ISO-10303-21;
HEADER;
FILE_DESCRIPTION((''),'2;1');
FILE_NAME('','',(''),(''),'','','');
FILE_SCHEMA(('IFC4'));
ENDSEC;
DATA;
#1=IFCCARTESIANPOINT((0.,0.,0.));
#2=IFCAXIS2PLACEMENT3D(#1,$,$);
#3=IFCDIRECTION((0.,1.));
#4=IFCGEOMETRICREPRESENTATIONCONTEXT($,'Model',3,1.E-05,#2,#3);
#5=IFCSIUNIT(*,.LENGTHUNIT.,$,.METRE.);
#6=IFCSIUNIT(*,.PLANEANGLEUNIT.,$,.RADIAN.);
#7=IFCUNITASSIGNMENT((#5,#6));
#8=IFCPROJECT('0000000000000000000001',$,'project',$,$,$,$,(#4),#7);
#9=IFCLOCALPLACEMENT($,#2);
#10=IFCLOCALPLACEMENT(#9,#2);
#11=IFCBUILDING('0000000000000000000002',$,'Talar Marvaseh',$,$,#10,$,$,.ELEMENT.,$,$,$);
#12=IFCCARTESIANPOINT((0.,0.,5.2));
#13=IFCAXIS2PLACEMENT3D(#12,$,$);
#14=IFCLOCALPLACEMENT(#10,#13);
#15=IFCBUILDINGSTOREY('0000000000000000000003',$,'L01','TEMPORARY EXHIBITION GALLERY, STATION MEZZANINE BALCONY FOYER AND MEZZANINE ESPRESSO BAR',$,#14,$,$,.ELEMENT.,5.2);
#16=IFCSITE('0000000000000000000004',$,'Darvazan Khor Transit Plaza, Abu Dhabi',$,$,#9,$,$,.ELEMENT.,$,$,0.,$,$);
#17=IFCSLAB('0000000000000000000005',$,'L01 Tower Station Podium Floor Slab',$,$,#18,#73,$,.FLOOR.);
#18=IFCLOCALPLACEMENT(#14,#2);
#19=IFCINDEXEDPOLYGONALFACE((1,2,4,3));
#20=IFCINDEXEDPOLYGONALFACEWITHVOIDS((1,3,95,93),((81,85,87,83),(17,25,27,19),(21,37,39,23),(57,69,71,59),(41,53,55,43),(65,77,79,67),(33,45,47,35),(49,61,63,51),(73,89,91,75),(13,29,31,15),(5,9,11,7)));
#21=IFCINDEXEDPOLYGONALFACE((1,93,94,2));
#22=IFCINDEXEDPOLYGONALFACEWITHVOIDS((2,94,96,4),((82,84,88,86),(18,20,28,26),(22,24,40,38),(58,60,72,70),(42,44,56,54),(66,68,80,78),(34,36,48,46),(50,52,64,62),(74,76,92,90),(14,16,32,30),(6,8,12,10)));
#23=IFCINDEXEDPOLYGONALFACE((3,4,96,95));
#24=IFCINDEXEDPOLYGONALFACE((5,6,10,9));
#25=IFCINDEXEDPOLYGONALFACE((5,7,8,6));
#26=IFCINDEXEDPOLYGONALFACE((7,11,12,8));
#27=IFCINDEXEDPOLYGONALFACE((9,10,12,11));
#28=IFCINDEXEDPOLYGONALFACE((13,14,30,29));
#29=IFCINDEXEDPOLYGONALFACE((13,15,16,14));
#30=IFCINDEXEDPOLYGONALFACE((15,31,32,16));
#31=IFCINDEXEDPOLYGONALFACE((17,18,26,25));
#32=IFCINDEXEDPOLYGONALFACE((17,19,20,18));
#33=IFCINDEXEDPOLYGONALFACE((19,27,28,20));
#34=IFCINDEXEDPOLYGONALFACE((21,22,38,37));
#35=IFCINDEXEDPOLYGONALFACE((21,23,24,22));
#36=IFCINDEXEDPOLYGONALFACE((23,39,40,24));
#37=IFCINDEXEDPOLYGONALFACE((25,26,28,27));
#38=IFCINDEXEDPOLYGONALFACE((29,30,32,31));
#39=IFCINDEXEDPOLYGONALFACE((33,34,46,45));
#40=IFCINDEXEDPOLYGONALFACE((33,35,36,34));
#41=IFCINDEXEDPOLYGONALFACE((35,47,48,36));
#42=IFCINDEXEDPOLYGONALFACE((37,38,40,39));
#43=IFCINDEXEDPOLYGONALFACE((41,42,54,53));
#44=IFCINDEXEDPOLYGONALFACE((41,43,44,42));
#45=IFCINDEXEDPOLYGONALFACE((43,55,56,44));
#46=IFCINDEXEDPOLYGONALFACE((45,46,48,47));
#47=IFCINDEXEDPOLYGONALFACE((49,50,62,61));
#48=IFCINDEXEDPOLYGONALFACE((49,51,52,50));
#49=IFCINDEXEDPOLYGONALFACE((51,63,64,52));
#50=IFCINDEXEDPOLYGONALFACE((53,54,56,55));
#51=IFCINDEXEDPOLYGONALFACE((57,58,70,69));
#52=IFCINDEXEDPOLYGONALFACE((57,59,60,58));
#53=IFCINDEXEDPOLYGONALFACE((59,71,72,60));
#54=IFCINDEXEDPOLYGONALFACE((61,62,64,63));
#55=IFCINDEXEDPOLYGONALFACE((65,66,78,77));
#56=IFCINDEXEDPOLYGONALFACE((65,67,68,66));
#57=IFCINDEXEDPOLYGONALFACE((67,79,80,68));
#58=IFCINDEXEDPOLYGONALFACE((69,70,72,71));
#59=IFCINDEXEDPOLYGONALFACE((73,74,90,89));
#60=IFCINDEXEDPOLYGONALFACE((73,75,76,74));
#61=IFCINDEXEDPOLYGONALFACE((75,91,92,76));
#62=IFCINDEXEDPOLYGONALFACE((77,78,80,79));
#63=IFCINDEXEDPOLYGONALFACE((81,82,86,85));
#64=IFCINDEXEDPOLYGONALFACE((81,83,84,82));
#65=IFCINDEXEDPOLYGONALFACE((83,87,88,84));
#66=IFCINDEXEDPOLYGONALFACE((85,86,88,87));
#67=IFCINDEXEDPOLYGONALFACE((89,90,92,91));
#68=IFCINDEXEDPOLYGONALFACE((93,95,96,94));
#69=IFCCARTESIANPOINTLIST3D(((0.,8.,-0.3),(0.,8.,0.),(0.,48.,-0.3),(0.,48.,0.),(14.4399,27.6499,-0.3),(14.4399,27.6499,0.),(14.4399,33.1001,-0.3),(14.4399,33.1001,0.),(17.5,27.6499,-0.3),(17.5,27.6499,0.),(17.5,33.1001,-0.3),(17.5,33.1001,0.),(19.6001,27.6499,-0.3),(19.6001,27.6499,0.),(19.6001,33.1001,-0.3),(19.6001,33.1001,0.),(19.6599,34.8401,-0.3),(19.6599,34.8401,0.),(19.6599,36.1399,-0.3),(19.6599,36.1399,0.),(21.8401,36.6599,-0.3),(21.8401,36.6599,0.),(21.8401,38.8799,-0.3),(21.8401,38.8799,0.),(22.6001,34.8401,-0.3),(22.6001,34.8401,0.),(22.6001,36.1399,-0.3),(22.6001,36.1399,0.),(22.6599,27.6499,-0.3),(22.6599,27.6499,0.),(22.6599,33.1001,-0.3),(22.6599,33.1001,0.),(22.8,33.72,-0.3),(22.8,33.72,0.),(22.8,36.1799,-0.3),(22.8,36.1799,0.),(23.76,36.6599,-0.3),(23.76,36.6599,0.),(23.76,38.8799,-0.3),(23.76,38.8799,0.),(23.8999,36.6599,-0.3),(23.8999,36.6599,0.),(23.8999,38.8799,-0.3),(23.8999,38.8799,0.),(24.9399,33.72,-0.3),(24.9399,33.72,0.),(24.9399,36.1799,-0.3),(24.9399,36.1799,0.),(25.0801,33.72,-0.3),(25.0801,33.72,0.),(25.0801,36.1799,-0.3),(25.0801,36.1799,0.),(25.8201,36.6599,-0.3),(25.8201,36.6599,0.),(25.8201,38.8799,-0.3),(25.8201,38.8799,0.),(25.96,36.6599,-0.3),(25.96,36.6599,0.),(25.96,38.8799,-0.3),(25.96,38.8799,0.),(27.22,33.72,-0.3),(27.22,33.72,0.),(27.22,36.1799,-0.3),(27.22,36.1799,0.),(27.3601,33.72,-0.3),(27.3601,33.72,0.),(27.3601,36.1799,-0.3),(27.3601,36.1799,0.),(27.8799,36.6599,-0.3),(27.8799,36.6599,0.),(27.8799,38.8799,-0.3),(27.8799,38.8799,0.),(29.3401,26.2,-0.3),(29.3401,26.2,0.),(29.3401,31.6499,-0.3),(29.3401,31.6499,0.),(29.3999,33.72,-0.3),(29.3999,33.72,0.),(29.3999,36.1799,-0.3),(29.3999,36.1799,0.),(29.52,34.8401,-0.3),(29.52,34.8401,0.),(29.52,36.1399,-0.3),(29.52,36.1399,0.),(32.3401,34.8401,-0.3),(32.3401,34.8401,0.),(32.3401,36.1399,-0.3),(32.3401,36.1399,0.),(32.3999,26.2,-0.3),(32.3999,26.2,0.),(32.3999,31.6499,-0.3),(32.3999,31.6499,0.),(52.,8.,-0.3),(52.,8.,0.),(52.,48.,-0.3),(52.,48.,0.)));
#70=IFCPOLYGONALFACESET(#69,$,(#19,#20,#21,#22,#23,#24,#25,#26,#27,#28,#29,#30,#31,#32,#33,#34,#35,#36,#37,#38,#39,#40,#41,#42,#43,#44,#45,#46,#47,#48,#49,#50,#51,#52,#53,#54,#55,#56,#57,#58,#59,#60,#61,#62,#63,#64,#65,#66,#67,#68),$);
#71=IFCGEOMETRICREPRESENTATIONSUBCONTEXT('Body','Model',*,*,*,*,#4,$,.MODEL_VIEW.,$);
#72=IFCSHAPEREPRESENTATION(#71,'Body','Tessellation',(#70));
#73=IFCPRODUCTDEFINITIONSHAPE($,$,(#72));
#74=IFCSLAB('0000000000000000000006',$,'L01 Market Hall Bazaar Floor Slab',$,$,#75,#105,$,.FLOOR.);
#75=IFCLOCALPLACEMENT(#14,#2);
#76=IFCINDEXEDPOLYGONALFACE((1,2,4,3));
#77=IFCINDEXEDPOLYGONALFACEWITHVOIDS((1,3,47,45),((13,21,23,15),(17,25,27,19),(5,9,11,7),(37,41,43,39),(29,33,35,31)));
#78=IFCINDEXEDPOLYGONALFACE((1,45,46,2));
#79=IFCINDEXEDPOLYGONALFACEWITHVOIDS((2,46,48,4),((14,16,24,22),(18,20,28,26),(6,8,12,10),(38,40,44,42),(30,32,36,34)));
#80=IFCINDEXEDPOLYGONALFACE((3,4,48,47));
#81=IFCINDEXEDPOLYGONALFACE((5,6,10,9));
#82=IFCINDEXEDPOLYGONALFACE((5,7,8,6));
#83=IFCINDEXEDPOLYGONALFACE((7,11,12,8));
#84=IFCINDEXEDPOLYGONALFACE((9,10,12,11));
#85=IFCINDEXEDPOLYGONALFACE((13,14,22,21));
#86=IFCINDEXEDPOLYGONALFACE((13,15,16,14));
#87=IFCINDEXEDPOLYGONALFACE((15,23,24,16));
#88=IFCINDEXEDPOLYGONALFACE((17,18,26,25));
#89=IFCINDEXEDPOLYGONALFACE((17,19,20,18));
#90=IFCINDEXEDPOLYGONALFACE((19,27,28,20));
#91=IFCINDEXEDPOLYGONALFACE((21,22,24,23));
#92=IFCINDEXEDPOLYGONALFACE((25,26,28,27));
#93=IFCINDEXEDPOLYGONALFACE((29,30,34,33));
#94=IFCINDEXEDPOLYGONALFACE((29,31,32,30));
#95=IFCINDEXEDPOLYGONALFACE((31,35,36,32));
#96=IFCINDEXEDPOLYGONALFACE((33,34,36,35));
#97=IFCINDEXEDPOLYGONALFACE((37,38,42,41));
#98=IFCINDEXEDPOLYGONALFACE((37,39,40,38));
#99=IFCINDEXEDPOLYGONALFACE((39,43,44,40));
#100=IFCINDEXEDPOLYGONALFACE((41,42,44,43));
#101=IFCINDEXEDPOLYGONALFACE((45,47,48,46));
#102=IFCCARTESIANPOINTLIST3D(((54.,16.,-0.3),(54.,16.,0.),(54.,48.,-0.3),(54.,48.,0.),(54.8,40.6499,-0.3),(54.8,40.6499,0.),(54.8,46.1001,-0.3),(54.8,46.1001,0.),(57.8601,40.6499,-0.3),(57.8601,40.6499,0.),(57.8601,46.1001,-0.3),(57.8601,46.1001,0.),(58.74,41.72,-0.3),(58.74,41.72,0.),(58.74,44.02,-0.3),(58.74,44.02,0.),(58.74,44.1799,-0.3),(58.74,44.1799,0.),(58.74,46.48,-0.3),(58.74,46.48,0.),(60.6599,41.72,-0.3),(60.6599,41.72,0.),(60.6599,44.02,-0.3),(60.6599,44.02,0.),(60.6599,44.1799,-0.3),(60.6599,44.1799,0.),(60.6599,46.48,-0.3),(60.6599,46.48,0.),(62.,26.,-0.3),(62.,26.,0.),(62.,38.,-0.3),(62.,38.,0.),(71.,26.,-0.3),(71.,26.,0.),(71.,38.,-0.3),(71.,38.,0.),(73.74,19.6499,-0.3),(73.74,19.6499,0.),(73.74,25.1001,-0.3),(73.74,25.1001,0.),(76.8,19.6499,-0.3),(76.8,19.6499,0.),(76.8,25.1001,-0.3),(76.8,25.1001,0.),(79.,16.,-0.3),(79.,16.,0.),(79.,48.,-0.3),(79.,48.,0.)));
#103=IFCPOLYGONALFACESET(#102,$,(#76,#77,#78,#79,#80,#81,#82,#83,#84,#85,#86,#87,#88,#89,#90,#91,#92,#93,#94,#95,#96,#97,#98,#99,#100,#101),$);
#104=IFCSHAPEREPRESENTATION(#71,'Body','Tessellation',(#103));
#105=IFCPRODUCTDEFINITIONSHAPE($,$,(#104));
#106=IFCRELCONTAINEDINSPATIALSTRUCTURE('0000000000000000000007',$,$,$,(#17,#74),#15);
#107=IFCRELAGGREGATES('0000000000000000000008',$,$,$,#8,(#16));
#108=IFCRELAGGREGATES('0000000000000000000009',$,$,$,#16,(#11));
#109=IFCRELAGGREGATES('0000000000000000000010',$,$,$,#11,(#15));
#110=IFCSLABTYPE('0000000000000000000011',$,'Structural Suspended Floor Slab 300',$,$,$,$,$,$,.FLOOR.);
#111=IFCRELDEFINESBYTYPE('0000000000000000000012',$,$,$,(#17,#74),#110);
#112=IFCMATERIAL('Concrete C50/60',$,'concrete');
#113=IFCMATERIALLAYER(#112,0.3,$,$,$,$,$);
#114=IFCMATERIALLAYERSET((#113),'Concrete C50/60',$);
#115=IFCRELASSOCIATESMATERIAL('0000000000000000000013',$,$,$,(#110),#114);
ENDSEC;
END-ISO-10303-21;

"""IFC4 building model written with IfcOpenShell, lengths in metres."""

from ifc_helpers import new_model, si_unit, direction, frame, origin, place, context, subcontext, project, spatial, polyline, outline, extrude, material, layer, layer_set, type_object, element, save


model = new_model("IFC4")

# Units and contexts
model_context = context("Model", 3, precision=1e-05, world=origin(), true_north=direction((0.0, 1.0)))
body_context = subcontext(model_context, "Body", "Model", "MODEL_VIEW")
ifc_project = project(units=[si_unit("LENGTHUNIT", "METRE"), si_unit("PLANEANGLEUNIT", "RADIAN")], contexts=[model_context])

# Site, building, storey
site_placement = place(None, origin())
site = spatial("IfcSite", under=ifc_project, at=site_placement, Name="Darvazan Khor Transit Plaza, Abu Dhabi", CompositionType="ELEMENT", RefElevation=0.0)
building_placement = place(site_placement, origin())
building = spatial("IfcBuilding", under=site, at=building_placement, Name="Talar Marvaseh", CompositionType="ELEMENT")
storey_placement = place(building_placement, frame((0.0, 0.0, 5.2)))
storey = spatial("IfcBuildingStorey", under=building, at=storey_placement, Name="L01", Description="TEMPORARY EXHIBITION GALLERY, STATION MEZZANINE BALCONY FOYER AND MEZZANINE ESPRESSO BAR", CompositionType="ELEMENT", Elevation=5.2)

# Slabs
ifc_material_1 = material(Name="Concrete C50/60", Category="concrete")
ifc_layer_1 = layer(ifc_material_1, 0.3)
ifc_layer_set_1 = layer_set([ifc_layer_1], Name="Concrete C50/60")
slab_type_1 = type_object("IfcSlabType", Name="Structural Suspended Floor Slab 300", PredefinedType="FLOOR", material=ifc_layer_set_1)
slab_1_placement = place(storey_placement, frame((0.0, 0.0, -0.3)))
element("IfcSlab", 1, at=slab_1_placement, inside=storey, type_object=slab_type_1, Name="L01 Tower Station Podium Floor Slab", PredefinedType="FLOOR", context=body_context, shape_type="SweptSolid", body=[
    extrude(outline(polyline([(0.0, 8.0), (52.0, 8.0), (52.0, 48.0), (0.0, 48.0), (0.0, 8.0)]), holes=[polyline([(22.6599, 27.6499), (22.6599, 33.1001), (19.6001, 33.1001), (19.6001, 27.6499), (22.6599, 27.6499)]), polyline([(29.3401, 31.6499), (29.3401, 26.2), (32.3999, 26.2), (32.3999, 31.6499), (29.3401, 31.6499)]), polyline([(17.5, 27.6499), (17.5, 33.1001), (14.4399, 33.1001), (14.4399, 27.6499), (17.5, 27.6499)]), polyline([(22.8, 33.72), (24.9399, 33.72), (24.9399, 36.1799), (22.8, 36.1799), (22.8, 33.72)]), polyline([(25.0801, 33.72), (27.22, 33.72), (27.22, 36.1799), (25.0801, 36.1799), (25.0801, 33.72)]), polyline([(27.3601, 33.72), (29.3999, 33.72), (29.3999, 36.1799), (27.3601, 36.1799), (27.3601, 33.72)]), polyline([(21.8401, 36.6599), (23.76, 36.6599), (23.76, 38.8799), (21.8401, 38.8799), (21.8401, 36.6599)]), polyline([(23.8999, 36.6599), (25.8201, 36.6599), (25.8201, 38.8799), (23.8999, 38.8799), (23.8999, 36.6599)]), polyline([(25.96, 36.6599), (27.8799, 36.6599), (27.8799, 38.8799), (25.96, 38.8799), (25.96, 36.6599)]), polyline([(19.6599, 34.8401), (22.6001, 34.8401), (22.6001, 36.1399), (19.6599, 36.1399), (19.6599, 34.8401)]), polyline([(29.52, 34.8401), (32.3401, 34.8401), (32.3401, 36.1399), (29.52, 36.1399), (29.52, 34.8401)])]), origin(), (0.0, 0.0, 1.0), 0.3),
])
slab_2_placement = place(storey_placement, frame((0.0, 0.0, -0.3)))
element("IfcSlab", 2, at=slab_2_placement, inside=storey, type_object=slab_type_1, Name="L01 Market Hall Bazaar Floor Slab", PredefinedType="FLOOR", context=body_context, shape_type="SweptSolid", body=[
    extrude(outline(polyline([(54.0, 16.0), (79.0, 16.0), (79.0, 48.0), (54.0, 48.0), (54.0, 16.0)]), holes=[polyline([(57.8601, 40.6499), (57.8601, 46.1001), (54.8, 46.1001), (54.8, 40.6499), (57.8601, 40.6499)]), polyline([(76.8, 19.6499), (76.8, 25.1001), (73.74, 25.1001), (73.74, 19.6499), (76.8, 19.6499)]), polyline([(58.74, 44.1799), (60.6599, 44.1799), (60.6599, 46.48), (58.74, 46.48), (58.74, 44.1799)]), polyline([(58.74, 41.72), (60.6599, 41.72), (60.6599, 44.02), (58.74, 44.02), (58.74, 41.72)]), polyline([(62.0, 26.0), (71.0, 26.0), (71.0, 38.0), (62.0, 38.0), (62.0, 26.0)])]), origin(), (0.0, 0.0, 1.0), 0.3),
])

save(model, "model.ifc")
